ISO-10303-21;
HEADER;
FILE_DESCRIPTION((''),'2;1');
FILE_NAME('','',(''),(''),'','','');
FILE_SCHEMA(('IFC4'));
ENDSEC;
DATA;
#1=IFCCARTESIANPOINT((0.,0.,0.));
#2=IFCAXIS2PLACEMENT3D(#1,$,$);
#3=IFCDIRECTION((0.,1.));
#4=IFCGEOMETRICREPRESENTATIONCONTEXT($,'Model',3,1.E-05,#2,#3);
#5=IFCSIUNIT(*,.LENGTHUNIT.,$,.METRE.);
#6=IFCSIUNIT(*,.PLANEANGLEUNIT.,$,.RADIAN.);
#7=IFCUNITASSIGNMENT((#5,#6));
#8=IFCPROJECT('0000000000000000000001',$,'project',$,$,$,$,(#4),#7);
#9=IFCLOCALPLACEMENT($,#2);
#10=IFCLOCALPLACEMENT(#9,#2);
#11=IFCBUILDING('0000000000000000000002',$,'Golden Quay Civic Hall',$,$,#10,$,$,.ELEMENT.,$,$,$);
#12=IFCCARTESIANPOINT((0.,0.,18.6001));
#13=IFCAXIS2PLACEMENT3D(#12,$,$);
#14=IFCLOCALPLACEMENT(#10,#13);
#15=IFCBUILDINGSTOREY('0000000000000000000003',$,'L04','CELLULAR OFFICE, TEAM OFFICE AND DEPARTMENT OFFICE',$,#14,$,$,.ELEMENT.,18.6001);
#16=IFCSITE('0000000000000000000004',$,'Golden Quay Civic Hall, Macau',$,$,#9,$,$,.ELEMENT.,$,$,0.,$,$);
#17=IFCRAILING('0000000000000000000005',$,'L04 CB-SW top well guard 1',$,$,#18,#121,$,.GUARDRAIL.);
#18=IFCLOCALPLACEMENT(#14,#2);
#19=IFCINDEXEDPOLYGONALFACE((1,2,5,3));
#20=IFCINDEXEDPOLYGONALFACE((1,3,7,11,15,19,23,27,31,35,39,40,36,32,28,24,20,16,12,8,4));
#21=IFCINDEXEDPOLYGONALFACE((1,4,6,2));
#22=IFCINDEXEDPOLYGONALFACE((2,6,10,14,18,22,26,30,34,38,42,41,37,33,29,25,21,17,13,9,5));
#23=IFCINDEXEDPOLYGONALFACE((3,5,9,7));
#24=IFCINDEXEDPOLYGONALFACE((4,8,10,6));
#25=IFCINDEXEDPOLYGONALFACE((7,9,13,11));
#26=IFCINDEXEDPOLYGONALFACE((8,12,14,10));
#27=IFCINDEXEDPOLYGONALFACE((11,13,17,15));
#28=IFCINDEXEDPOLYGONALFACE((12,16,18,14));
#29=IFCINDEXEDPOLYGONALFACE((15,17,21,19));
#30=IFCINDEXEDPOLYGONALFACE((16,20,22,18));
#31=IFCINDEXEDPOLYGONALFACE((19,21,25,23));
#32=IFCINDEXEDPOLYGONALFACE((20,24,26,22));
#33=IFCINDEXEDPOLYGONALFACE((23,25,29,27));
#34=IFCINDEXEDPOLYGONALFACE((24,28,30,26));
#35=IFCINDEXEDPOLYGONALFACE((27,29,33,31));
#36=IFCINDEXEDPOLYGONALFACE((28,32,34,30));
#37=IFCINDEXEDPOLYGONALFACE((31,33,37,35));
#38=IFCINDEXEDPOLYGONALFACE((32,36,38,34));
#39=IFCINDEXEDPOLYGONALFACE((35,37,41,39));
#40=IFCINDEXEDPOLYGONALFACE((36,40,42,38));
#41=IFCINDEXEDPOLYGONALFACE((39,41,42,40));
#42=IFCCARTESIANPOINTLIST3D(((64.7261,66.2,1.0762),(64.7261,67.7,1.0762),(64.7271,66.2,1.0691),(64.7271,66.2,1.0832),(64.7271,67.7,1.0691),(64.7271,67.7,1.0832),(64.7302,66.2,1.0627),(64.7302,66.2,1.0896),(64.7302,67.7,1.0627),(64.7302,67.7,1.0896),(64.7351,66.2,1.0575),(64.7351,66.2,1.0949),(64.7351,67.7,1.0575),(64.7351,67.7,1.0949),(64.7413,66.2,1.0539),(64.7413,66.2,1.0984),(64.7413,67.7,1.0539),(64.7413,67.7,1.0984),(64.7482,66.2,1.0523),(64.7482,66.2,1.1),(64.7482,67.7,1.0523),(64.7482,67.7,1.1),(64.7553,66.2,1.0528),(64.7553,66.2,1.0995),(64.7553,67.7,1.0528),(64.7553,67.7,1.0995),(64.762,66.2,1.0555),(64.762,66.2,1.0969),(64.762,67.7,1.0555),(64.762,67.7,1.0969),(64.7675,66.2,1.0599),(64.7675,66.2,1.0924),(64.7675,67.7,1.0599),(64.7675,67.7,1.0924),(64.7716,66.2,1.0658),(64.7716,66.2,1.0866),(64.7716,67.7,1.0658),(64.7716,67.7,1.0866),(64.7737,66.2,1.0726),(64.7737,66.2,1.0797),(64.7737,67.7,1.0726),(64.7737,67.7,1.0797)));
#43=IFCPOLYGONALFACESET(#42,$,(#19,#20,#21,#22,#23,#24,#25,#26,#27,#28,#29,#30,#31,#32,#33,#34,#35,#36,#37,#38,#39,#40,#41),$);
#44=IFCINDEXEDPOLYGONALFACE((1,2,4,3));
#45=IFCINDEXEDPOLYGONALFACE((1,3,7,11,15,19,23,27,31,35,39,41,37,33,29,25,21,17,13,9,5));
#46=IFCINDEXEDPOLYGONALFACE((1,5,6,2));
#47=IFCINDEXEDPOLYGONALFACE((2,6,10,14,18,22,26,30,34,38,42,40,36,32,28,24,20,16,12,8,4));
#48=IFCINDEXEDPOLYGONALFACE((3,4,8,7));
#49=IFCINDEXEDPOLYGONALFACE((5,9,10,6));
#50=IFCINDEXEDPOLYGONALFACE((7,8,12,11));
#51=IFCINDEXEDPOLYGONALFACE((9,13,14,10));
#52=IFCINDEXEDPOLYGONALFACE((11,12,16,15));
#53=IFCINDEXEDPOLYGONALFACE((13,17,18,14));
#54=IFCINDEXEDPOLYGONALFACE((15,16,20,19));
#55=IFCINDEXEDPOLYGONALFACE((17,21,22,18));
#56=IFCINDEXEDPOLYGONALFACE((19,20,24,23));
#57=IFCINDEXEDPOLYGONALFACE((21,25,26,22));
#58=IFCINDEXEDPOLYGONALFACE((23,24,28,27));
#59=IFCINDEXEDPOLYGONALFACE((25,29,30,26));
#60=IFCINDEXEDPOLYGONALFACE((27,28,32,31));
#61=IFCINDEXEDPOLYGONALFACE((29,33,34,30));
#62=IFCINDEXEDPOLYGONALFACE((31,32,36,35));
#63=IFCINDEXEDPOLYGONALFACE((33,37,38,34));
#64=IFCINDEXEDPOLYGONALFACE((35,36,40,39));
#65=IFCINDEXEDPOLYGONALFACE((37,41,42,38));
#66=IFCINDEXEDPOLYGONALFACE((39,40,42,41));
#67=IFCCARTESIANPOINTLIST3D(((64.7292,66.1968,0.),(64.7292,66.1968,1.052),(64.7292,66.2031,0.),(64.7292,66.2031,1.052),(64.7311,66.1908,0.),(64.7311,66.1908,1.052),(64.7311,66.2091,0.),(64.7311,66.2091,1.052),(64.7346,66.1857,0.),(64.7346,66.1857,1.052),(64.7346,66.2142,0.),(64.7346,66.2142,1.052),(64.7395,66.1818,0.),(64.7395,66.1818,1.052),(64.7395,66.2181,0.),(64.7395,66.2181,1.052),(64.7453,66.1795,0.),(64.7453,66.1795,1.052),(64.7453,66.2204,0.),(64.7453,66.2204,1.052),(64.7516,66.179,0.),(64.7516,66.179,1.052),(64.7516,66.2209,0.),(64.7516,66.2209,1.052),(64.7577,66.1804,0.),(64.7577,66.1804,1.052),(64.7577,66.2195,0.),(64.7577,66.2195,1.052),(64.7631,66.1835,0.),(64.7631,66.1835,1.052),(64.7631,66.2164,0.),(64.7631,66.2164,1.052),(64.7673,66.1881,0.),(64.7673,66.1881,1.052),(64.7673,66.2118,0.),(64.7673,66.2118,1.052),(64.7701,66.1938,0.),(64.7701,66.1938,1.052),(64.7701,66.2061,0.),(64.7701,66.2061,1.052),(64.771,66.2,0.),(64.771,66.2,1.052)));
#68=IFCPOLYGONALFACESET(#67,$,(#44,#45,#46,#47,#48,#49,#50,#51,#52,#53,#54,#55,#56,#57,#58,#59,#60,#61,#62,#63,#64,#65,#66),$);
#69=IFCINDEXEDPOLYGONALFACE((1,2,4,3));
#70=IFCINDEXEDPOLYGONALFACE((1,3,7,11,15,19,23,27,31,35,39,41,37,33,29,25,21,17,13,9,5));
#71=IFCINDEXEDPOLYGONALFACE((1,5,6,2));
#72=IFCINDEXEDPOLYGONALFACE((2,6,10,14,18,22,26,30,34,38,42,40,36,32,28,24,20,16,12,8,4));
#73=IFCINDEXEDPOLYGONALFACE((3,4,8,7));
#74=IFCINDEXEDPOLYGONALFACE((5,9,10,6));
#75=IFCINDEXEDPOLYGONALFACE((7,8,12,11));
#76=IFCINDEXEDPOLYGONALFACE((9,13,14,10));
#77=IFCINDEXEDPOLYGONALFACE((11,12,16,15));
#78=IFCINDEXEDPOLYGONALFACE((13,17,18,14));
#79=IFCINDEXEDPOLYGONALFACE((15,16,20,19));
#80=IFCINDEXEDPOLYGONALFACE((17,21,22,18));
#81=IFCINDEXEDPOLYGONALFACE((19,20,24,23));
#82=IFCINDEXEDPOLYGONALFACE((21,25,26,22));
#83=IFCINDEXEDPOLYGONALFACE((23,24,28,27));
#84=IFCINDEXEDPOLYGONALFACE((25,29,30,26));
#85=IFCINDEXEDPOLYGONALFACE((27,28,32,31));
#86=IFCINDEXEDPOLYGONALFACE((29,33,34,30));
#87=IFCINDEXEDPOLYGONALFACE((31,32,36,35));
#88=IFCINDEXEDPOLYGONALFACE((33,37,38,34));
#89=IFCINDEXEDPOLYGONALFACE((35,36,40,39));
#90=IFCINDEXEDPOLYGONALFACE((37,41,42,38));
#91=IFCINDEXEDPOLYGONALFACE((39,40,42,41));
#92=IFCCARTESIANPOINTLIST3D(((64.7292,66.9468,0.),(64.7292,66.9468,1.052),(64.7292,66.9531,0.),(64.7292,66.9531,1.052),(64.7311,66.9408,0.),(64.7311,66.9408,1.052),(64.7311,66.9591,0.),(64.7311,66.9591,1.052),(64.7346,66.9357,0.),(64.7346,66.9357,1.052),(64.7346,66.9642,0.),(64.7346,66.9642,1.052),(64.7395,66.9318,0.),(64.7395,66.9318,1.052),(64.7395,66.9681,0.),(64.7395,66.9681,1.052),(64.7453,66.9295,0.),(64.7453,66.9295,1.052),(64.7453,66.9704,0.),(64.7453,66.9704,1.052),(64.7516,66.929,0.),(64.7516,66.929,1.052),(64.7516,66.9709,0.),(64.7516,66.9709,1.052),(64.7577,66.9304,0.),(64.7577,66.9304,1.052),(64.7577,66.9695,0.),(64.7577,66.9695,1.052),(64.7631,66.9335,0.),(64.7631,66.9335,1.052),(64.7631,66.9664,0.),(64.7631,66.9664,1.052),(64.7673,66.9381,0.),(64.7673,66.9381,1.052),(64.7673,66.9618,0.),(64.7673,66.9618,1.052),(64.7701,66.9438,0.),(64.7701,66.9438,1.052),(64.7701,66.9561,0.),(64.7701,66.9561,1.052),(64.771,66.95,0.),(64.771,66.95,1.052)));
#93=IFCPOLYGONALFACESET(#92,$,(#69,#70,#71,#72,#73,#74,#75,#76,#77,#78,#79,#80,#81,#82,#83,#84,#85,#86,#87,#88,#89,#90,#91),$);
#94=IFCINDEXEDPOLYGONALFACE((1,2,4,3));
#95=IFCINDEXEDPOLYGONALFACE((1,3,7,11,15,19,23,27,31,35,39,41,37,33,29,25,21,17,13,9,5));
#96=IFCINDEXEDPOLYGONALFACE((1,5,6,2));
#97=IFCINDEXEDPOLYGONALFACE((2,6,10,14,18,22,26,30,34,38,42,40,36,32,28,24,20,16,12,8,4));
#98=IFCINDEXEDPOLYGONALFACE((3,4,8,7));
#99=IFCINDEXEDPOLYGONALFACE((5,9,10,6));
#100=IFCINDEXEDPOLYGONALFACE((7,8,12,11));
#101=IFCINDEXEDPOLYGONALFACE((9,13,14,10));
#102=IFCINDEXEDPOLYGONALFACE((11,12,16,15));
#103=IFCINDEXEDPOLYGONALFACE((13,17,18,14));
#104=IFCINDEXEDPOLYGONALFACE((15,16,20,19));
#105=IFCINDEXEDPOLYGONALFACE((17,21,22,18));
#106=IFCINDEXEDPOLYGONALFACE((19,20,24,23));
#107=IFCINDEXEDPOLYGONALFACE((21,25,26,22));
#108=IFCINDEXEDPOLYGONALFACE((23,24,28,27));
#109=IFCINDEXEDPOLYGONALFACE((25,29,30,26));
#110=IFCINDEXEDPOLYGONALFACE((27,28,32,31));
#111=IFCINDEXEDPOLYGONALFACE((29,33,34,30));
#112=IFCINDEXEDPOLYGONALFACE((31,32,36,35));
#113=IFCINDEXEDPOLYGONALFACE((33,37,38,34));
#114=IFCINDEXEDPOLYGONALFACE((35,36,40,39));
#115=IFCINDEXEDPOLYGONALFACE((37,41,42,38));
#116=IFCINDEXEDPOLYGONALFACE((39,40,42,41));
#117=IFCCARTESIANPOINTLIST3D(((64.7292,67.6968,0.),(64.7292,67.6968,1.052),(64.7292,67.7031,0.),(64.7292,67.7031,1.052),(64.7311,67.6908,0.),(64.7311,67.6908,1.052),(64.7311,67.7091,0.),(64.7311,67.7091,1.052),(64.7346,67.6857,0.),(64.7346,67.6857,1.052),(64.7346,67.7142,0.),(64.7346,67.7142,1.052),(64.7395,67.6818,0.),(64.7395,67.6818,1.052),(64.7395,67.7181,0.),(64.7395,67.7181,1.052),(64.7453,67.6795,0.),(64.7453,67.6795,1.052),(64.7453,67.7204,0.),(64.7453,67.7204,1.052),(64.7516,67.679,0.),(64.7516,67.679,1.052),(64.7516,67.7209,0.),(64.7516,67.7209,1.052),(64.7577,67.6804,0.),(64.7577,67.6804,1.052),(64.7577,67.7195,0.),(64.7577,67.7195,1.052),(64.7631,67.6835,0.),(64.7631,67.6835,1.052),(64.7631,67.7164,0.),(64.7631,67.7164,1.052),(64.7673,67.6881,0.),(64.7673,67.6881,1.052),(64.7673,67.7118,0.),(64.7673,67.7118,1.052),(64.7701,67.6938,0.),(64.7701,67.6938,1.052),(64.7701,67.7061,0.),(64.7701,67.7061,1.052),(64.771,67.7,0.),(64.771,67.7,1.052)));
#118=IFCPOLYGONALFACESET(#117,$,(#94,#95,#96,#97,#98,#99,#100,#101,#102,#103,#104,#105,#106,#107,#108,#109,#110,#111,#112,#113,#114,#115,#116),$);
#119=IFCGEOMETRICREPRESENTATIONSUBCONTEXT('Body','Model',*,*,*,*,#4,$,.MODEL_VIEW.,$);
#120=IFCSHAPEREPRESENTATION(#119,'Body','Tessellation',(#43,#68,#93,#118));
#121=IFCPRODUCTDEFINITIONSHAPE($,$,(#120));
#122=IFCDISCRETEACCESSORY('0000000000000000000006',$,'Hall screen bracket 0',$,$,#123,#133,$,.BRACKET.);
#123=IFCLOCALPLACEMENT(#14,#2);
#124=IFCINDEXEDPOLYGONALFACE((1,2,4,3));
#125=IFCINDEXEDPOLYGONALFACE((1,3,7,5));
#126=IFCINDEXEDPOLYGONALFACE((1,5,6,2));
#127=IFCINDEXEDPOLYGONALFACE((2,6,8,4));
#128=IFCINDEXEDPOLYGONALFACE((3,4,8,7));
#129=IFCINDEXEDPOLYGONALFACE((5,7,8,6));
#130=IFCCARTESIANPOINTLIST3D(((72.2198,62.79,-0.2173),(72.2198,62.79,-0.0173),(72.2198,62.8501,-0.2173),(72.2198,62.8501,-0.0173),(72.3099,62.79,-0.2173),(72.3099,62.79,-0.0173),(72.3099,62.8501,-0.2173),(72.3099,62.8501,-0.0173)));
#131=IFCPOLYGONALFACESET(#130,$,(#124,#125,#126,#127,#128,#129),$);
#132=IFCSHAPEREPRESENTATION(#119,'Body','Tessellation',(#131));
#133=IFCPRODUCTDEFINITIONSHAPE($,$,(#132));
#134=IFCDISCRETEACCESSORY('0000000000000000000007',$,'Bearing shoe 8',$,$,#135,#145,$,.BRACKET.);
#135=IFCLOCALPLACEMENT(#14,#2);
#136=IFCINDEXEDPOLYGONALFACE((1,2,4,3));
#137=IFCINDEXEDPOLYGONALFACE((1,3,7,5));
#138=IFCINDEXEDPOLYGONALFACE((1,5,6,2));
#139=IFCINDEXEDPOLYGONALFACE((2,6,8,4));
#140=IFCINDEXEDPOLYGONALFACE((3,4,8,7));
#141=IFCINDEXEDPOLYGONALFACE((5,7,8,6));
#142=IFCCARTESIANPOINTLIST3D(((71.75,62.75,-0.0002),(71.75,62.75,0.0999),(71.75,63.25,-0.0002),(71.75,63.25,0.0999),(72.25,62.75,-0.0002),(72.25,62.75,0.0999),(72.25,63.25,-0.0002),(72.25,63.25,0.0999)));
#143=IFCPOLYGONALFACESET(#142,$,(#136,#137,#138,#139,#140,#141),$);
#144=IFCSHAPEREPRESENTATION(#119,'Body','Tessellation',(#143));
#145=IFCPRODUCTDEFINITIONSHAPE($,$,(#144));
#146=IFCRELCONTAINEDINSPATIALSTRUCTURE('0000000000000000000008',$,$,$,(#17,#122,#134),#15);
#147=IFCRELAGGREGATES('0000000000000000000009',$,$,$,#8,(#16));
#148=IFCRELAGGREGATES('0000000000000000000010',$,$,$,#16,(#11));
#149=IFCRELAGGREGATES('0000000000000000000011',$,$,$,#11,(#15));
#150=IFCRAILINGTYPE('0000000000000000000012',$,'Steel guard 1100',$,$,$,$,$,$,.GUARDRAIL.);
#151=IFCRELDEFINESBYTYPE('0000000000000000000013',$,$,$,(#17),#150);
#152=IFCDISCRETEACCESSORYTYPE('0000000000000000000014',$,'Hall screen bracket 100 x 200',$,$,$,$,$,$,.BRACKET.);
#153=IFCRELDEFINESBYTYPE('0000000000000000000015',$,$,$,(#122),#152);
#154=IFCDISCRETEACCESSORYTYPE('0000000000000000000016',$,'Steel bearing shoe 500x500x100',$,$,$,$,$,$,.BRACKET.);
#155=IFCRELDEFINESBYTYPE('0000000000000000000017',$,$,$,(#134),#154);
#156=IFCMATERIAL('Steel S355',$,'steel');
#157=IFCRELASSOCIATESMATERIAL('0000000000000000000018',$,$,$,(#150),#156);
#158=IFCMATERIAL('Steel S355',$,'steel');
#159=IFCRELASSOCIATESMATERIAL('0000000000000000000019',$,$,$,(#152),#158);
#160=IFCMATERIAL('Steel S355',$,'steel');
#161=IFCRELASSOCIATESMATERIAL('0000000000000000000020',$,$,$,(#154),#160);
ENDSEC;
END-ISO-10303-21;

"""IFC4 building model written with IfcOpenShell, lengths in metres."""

from ifc_helpers import new_model, si_unit, direction, frame, origin, origin_2d, place, context, subcontext, project, spatial, rectangle, circle, extrude, material, type_object, element, save


model = new_model("IFC4")

# Units and contexts
model_context = context("Model", 3, precision=1e-05, world=origin(), true_north=direction((0.0, 1.0)))
body_context = subcontext(model_context, "Body", "Model", "MODEL_VIEW")
ifc_project = project(units=[si_unit("LENGTHUNIT", "METRE"), si_unit("PLANEANGLEUNIT", "RADIAN")], contexts=[model_context])

# Site, building, storey
site_placement = place(None, origin())
site = spatial("IfcSite", under=ifc_project, at=site_placement, Name="Golden Quay Civic Hall, Macau", CompositionType="ELEMENT", RefElevation=0.0)
building_placement = place(site_placement, origin())
building = spatial("IfcBuilding", under=site, at=building_placement, Name="Golden Quay Civic Hall", CompositionType="ELEMENT")
storey_placement = place(building_placement, frame((0.0, 0.0, 18.6001)))
storey = spatial("IfcBuildingStorey", under=building, at=storey_placement, Name="L04", Description="CELLULAR OFFICE, TEAM OFFICE AND DEPARTMENT OFFICE", CompositionType="ELEMENT", Elevation=18.6001)

# Railing
ifc_material_1 = material(Name="Steel S355", Category="steel")
railing_type = type_object("IfcRailingType", Name="Steel guard 1100", PredefinedType="GUARDRAIL", material=ifc_material_1)
railing_placement = place(storey_placement, frame((64.75, 66.2, 0.0)))
element("IfcRailing", 1, at=railing_placement, inside=storey, type_object=railing_type, Name="L04 CB-SW top well guard 1", PredefinedType="GUARDRAIL", context=body_context, shape_type="SweptSolid", body=[
    extrude(circle(Radius=0.0239, at=origin_2d()), frame((0.0, 0.0, 1.0762), z_axis=(0.0, 1.0, 0.0), x_axis=(-1.0, 0.0, 0.0)), (0.0, 0.0, 1.0), 1.5),
    extrude(circle(Radius=0.021, at=origin_2d()), origin(), (0.0, 0.0, 1.0), 1.052),
    extrude(circle(Radius=0.021, at=origin_2d()), frame((0.0, 0.75, 0.0)), (0.0, 0.0, 1.0), 1.052),
    extrude(circle(Radius=0.021, at=origin_2d()), frame((0.0, 1.5, 0.0)), (0.0, 0.0, 1.0), 1.052),
])

# Discrete accessories
ifc_material_2 = material(Name="Steel S355", Category="steel")
discrete_accessory_type_1 = type_object("IfcDiscreteAccessoryType", Name="Hall screen bracket 100 x 200", PredefinedType="BRACKET", material=ifc_material_2)
discrete_accessory_1_placement = place(storey_placement, frame((72.2649, 62.8201, -0.2173), z_axis=(0.0, 0.0, 1.0), x_axis=(1.0, 0.0, 0.0)))
element("IfcDiscreteAccessory", 2, at=discrete_accessory_1_placement, inside=storey, type_object=discrete_accessory_type_1, Name="Hall screen bracket 0", PredefinedType="BRACKET", context=body_context, shape_type="SweptSolid", body=[
    extrude(rectangle(XDim=0.0901, YDim=0.0601, at=origin_2d()), origin(), (0.0, 0.0, 1.0), 0.2),
])
ifc_material_3 = material(Name="Steel S355", Category="steel")
discrete_accessory_type_2 = type_object("IfcDiscreteAccessoryType", Name="Steel bearing shoe 500x500x100", PredefinedType="BRACKET", material=ifc_material_3)
discrete_accessory_2_placement = place(storey_placement, frame((72.0, 63.0, -0.0002), z_axis=(0.0, 0.0, 1.0), x_axis=(1.0, 0.0, 0.0)))
element("IfcDiscreteAccessory", 3, at=discrete_accessory_2_placement, inside=storey, type_object=discrete_accessory_type_2, Name="Bearing shoe 8", PredefinedType="BRACKET", context=body_context, shape_type="SweptSolid", body=[
    extrude(rectangle(XDim=0.5, YDim=0.5, at=origin_2d()), origin(), (0.0, 0.0, 1.0), 0.1001),
])

save(model, "model.ifc")
